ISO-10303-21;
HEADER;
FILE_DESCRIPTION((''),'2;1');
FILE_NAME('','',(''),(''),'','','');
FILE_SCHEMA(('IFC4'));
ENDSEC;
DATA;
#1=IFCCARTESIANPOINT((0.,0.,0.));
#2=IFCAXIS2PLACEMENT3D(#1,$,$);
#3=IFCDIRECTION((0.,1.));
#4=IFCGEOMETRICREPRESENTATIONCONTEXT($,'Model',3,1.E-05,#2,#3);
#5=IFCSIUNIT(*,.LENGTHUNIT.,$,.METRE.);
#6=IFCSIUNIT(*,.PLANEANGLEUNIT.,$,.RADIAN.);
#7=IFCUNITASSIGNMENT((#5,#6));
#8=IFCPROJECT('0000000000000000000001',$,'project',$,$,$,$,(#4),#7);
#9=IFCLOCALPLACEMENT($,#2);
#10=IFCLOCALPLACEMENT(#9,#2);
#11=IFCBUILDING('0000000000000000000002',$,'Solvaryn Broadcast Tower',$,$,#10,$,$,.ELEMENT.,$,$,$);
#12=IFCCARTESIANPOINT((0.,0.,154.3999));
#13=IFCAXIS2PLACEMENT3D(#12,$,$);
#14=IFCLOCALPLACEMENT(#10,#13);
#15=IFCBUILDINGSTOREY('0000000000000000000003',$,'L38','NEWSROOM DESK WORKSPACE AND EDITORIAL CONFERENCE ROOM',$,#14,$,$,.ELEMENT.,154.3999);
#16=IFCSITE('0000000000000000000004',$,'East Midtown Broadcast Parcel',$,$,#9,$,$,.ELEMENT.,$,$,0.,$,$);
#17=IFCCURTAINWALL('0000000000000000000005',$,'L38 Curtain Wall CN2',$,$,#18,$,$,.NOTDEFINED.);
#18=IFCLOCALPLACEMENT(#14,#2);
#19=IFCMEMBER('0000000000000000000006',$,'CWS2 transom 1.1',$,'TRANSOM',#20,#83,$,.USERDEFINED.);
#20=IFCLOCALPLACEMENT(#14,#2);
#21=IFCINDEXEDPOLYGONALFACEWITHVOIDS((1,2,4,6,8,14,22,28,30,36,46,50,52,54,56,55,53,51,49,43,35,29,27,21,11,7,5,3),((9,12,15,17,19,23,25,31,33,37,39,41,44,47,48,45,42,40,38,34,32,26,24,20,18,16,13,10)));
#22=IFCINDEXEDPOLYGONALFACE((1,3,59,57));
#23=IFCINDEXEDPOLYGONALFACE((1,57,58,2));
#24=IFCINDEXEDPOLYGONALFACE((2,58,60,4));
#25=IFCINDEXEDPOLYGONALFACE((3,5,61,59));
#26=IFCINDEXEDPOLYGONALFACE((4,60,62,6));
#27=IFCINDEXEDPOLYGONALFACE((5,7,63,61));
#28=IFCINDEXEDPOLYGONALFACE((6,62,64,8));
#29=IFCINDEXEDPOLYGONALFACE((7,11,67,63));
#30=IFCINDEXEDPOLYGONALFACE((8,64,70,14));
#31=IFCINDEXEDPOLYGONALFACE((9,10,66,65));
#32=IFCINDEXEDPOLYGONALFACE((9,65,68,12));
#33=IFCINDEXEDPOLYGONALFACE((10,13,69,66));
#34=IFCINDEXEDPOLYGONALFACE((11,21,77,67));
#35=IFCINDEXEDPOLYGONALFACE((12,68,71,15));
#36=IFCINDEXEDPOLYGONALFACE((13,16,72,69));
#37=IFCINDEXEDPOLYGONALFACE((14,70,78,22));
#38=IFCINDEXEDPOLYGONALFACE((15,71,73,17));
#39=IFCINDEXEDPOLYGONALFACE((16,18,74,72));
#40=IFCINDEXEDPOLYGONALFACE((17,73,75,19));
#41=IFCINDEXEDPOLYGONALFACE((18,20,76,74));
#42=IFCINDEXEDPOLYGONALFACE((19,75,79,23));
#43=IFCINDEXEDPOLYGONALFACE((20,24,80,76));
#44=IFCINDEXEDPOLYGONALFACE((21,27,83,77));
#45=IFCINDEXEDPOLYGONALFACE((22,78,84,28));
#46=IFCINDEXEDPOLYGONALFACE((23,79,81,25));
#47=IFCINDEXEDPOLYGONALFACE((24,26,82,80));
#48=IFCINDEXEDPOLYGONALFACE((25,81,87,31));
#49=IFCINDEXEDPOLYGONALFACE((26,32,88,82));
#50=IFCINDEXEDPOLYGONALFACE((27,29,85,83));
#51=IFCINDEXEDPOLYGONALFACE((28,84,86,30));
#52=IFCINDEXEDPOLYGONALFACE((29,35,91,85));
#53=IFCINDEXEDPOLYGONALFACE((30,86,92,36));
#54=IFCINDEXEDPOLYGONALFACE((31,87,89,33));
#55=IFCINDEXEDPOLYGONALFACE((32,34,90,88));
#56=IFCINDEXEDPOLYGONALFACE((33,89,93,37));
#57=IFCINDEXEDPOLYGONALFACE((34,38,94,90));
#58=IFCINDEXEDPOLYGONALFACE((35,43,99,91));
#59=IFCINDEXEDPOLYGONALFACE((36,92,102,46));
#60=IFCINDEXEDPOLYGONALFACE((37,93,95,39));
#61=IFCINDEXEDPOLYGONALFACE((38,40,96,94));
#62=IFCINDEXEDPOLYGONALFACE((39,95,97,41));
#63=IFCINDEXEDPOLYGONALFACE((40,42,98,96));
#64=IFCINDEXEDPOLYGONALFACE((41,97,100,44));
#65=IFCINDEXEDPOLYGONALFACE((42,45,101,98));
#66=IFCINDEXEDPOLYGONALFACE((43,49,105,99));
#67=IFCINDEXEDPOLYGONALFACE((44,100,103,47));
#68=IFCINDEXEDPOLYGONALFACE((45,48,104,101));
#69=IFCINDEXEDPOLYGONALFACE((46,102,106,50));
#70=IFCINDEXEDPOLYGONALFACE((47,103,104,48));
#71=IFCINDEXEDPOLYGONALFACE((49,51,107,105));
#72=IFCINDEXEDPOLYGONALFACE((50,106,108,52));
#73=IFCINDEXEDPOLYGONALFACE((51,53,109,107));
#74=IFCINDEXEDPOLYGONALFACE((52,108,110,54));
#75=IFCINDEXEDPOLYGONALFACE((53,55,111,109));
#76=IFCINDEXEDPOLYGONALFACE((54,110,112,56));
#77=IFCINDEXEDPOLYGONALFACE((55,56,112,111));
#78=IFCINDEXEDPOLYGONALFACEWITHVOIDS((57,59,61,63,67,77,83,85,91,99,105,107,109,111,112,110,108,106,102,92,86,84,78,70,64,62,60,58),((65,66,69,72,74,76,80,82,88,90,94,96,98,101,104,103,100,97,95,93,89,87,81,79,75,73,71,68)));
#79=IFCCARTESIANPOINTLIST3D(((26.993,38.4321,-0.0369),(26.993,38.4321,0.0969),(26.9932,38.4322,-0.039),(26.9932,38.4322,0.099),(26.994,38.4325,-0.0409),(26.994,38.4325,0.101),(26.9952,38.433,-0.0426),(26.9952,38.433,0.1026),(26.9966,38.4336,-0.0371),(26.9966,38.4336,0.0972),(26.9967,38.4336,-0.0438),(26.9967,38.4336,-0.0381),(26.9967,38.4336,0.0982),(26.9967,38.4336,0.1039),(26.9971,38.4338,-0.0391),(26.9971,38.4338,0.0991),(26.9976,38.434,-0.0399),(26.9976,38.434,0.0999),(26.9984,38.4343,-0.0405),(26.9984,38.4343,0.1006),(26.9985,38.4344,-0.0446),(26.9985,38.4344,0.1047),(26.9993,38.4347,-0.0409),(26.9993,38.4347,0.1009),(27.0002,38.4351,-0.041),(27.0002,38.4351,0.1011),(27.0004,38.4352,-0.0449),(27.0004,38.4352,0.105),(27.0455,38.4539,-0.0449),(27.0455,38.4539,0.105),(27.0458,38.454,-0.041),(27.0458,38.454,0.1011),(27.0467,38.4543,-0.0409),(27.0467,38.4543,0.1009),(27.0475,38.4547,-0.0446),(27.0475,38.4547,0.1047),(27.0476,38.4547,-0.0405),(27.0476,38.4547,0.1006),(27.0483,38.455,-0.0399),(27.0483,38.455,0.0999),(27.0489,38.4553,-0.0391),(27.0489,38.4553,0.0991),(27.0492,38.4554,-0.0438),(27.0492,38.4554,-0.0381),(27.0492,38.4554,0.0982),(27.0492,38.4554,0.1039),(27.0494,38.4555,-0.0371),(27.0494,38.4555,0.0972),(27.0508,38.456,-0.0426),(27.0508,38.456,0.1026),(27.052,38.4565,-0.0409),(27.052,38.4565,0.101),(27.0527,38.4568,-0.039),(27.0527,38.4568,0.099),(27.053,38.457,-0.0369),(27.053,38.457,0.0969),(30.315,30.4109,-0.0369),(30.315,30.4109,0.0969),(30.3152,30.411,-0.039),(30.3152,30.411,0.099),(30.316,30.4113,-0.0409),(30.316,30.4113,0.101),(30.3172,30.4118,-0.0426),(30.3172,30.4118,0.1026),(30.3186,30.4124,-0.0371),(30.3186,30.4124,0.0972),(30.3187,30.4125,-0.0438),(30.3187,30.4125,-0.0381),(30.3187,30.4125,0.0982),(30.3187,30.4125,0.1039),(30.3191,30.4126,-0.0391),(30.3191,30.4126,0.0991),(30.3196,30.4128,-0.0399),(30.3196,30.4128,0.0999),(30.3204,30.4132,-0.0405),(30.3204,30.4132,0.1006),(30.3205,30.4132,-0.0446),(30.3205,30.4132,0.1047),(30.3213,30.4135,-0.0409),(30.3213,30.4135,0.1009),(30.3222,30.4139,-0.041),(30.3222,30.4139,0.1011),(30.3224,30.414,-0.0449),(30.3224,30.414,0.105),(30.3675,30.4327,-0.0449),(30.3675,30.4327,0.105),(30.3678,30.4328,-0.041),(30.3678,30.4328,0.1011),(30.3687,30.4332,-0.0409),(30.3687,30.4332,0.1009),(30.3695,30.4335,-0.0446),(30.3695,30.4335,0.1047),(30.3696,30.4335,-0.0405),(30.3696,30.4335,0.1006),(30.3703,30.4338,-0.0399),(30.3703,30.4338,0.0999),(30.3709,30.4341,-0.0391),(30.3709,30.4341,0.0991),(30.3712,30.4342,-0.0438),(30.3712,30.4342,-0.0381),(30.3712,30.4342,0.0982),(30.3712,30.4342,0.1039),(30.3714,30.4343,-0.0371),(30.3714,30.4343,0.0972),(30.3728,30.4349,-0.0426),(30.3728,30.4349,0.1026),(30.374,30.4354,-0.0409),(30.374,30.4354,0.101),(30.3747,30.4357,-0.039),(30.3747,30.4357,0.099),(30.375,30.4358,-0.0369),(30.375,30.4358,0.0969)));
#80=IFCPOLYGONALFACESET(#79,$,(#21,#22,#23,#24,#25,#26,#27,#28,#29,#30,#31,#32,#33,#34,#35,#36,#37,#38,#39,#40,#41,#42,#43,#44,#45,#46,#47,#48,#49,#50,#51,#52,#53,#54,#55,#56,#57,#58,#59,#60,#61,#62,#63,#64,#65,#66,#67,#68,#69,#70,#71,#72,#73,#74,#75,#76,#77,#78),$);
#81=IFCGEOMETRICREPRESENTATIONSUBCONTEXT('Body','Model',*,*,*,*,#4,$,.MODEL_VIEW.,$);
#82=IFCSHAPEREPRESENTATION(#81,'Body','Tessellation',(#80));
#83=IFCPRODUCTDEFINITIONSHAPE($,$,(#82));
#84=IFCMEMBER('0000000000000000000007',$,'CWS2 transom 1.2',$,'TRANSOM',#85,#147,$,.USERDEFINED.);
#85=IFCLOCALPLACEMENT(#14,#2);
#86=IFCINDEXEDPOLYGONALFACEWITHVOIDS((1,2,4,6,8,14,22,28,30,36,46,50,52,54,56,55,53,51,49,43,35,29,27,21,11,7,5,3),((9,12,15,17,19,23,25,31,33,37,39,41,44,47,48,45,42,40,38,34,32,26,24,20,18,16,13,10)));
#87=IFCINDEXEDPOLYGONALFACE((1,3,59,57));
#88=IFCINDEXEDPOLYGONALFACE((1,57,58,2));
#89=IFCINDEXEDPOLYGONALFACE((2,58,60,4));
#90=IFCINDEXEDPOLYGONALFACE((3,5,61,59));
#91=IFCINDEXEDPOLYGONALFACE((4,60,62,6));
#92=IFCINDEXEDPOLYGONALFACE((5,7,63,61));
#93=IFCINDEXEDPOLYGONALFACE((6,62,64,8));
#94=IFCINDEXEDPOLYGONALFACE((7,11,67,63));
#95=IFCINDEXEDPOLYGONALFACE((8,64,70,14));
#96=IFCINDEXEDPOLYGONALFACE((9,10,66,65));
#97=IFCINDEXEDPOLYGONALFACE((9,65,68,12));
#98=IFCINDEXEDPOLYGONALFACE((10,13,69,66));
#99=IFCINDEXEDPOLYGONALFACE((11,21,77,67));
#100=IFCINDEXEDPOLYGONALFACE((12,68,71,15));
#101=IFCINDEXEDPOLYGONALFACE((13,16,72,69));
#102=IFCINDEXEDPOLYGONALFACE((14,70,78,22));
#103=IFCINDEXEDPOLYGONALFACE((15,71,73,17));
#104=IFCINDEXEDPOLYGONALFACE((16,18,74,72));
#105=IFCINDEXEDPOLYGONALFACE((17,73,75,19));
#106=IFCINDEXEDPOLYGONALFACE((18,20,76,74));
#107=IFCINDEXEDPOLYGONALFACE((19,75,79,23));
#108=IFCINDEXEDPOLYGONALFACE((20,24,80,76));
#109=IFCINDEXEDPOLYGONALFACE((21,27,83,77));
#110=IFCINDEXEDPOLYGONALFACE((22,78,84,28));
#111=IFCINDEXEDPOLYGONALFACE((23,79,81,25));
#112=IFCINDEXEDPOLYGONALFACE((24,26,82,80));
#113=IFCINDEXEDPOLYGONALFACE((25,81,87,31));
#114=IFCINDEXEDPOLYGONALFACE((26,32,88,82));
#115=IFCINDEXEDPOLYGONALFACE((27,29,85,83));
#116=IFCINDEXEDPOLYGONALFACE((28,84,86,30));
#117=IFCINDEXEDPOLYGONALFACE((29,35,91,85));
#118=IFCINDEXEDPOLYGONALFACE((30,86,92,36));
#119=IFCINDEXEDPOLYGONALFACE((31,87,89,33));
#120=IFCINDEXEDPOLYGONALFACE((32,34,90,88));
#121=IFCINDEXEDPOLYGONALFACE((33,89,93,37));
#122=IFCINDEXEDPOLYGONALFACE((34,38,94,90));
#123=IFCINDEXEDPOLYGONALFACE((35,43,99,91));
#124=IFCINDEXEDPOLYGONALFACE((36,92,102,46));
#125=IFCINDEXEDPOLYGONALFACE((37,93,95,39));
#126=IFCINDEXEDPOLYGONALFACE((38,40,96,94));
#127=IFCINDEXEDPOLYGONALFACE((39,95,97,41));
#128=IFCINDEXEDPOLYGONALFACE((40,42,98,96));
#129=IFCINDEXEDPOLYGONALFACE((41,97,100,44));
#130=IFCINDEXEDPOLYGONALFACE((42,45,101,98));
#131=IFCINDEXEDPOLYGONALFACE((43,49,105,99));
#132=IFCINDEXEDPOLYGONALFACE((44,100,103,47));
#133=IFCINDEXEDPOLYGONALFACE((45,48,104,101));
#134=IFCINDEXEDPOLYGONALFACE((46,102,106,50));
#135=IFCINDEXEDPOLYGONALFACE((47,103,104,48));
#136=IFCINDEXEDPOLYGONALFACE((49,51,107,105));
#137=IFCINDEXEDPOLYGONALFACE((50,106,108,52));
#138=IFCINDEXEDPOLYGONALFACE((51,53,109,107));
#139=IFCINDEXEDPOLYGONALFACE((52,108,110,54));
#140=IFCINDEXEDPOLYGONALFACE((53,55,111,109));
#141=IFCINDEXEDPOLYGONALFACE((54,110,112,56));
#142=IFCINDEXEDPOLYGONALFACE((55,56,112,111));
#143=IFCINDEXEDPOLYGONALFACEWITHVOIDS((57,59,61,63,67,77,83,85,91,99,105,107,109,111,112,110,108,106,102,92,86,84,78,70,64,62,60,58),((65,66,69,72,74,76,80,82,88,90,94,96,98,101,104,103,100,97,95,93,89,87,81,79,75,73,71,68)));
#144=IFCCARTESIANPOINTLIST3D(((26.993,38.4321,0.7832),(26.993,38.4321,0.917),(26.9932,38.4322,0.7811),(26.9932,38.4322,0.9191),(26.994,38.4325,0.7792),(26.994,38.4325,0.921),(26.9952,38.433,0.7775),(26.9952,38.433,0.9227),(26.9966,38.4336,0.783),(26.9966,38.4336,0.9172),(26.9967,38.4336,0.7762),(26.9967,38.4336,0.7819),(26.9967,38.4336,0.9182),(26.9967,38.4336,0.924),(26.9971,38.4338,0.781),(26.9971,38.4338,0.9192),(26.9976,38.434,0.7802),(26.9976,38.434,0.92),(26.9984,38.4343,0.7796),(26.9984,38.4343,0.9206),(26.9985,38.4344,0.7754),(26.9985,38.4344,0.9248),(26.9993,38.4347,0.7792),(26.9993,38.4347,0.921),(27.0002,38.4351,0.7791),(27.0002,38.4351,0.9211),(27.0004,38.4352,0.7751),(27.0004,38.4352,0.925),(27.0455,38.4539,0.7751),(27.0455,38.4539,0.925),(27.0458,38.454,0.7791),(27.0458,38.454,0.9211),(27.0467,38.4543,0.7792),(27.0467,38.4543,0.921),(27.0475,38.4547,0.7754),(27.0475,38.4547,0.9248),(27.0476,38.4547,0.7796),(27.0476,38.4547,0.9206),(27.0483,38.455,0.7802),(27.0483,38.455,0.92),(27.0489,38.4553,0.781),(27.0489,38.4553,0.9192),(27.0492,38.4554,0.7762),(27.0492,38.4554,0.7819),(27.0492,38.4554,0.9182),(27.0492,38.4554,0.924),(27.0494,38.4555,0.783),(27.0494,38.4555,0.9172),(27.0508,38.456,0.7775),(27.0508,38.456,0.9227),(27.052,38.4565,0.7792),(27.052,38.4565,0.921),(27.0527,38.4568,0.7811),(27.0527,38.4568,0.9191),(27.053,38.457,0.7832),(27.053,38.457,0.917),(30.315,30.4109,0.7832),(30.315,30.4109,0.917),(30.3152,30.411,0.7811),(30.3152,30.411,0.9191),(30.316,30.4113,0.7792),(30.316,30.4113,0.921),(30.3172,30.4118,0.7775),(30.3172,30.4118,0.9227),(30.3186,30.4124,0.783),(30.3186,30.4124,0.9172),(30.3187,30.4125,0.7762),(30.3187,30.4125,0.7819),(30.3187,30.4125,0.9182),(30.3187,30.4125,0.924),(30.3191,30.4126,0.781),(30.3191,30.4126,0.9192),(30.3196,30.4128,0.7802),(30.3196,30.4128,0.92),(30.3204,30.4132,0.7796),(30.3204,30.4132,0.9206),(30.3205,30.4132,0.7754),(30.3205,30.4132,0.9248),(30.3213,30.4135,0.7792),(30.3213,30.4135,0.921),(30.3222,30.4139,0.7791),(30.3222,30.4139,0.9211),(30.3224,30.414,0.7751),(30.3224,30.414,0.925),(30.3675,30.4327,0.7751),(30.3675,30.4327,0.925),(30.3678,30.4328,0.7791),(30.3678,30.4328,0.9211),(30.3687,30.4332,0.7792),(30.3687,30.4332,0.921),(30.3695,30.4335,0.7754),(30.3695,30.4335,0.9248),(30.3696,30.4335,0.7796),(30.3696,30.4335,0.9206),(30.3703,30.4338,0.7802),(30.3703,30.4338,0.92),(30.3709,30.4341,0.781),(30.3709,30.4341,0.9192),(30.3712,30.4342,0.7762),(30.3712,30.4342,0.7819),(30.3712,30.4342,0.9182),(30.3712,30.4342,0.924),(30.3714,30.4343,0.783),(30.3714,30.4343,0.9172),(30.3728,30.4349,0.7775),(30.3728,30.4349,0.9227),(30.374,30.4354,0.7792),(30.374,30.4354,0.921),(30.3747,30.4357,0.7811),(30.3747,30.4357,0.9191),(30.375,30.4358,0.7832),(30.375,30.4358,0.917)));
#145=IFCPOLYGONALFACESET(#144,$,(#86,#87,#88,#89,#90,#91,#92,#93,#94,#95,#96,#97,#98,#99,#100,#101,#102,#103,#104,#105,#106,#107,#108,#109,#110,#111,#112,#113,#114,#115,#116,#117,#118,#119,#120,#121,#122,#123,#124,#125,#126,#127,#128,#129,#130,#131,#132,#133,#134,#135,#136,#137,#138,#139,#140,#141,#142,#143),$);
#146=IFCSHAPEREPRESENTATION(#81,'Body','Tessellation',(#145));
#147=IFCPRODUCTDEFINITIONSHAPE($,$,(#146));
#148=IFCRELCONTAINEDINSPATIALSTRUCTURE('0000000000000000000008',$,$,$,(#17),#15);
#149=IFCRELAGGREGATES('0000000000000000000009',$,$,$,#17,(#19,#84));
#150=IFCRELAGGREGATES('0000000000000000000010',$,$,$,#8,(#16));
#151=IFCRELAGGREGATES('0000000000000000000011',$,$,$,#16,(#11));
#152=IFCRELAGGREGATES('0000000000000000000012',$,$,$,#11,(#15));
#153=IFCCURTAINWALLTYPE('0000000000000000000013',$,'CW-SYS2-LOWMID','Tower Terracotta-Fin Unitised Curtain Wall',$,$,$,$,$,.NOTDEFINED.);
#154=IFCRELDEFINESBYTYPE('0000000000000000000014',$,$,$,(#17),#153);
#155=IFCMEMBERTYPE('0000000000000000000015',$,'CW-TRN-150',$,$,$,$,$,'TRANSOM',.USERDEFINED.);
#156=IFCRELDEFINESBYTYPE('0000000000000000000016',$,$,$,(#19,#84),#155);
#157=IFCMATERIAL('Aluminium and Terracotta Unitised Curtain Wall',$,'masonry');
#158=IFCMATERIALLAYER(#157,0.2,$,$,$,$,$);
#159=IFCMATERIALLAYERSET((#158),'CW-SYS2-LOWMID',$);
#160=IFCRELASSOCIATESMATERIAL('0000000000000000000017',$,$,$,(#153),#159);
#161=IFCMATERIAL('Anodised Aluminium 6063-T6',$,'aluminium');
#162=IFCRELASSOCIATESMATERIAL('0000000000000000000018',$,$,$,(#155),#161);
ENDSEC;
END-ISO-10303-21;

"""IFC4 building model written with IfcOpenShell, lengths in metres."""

from ifc_helpers import new_model, si_unit, direction, frame, origin, origin_2d, place, context, subcontext, project, spatial, hollow_rectangle, extrude, material, layer, layer_set, material_profile, profile_set, type_object, element, aggregate, save


model = new_model("IFC4")

# Units and contexts
model_context = context("Model", 3, precision=1e-05, world=origin(), true_north=direction((0.0, 1.0)))
body_context = subcontext(model_context, "Body", "Model", "MODEL_VIEW")
ifc_project = project(units=[si_unit("LENGTHUNIT", "METRE"), si_unit("PLANEANGLEUNIT", "RADIAN")], contexts=[model_context])

# Site, building, storey
site_placement = place(None, origin())
site = spatial("IfcSite", under=ifc_project, at=site_placement, Name="East Midtown Broadcast Parcel", CompositionType="ELEMENT", RefElevation=0.0)
building_placement = place(site_placement, origin())
building = spatial("IfcBuilding", under=site, at=building_placement, Name="Solvaryn Broadcast Tower", CompositionType="ELEMENT")
storey_placement = place(building_placement, frame((0.0, 0.0, 154.3999)))
storey = spatial("IfcBuildingStorey", under=building, at=storey_placement, Name="L38", Description="NEWSROOM DESK WORKSPACE AND EDITORIAL CONFERENCE ROOM", CompositionType="ELEMENT", Elevation=154.3999)

# Shared definitions
ifc_material_1 = material(Name="Aluminium and Terracotta Unitised Curtain Wall", Category="masonry")
ifc_layer_1 = layer(ifc_material_1, 0.2)
ifc_layer_set_1 = layer_set([ifc_layer_1], Name="CW-SYS2-LOWMID")
curtain_wall_type = type_object("IfcCurtainWallType", Name="CW-SYS2-LOWMID", Description="Tower Terracotta-Fin Unitised Curtain Wall", PredefinedType="NOTDEFINED", material=ifc_layer_set_1)

# Curtain wall, members
curtain_wall_1_placement = place(storey_placement, origin())
curtain_wall_1 = element("IfcCurtainWall", 1, at=curtain_wall_1_placement, inside=storey, type_object=curtain_wall_type, Name="L38 Curtain Wall CN2", PredefinedType="NOTDEFINED")
ifc_material_2 = material(Name="Anodised Aluminium 6063-T6", Category="aluminium")
ifc_material_profile_1 = material_profile(ifc_material_2, hollow_rectangle(XDim=0.0649, YDim=0.1499, WallThickness=0.0039, InnerFilletRadius=0.0039, OuterFilletRadius=0.0081, at=origin_2d()))
ifc_profile_set_1 = profile_set([ifc_material_profile_1], Name="Anodised Aluminium 6063-T6")
member_type_1 = type_object("IfcMemberType", Name="CW-TRN-150", ElementType="TRANSOM", PredefinedType="USERDEFINED", material=ifc_profile_set_1)
member_1_placement = place(storey_placement, frame((30.345, 30.4233, 0.03), z_axis=(-0.382636, 0.923899, 0.0), x_axis=(-0.923899, -0.382636, 0.0)))
member_1 = element("IfcMember", 2, at=member_1_placement, type_object=member_type_1, Name="CWS2 transom 1.1", ObjectType="TRANSOM", PredefinedType="USERDEFINED", context=body_context, shape_type="SweptSolid", body=[
    extrude(hollow_rectangle(XDim=0.0649, YDim=0.1499, WallThickness=0.0039, InnerFilletRadius=0.0039, OuterFilletRadius=0.0081, at=origin_2d()), origin(), (0.0, 0.0, 1.0), 8.6819),
])
member_2_placement = place(storey_placement, frame((30.345, 30.4233, 0.8501), z_axis=(-0.382636, 0.923899, 0.0), x_axis=(-0.923899, -0.382636, 0.0)))
member_2 = element("IfcMember", 3, at=member_2_placement, type_object=member_type_1, Name="CWS2 transom 1.2", ObjectType="TRANSOM", PredefinedType="USERDEFINED", context=body_context, shape_type="SweptSolid", body=[
    extrude(hollow_rectangle(XDim=0.0649, YDim=0.1499, WallThickness=0.0039, InnerFilletRadius=0.0039, OuterFilletRadius=0.0081, at=origin_2d()), origin(), (0.0, 0.0, 1.0), 8.6819),
])
aggregate(curtain_wall_1, [member_1, member_2])

save(model, "model.ifc")
